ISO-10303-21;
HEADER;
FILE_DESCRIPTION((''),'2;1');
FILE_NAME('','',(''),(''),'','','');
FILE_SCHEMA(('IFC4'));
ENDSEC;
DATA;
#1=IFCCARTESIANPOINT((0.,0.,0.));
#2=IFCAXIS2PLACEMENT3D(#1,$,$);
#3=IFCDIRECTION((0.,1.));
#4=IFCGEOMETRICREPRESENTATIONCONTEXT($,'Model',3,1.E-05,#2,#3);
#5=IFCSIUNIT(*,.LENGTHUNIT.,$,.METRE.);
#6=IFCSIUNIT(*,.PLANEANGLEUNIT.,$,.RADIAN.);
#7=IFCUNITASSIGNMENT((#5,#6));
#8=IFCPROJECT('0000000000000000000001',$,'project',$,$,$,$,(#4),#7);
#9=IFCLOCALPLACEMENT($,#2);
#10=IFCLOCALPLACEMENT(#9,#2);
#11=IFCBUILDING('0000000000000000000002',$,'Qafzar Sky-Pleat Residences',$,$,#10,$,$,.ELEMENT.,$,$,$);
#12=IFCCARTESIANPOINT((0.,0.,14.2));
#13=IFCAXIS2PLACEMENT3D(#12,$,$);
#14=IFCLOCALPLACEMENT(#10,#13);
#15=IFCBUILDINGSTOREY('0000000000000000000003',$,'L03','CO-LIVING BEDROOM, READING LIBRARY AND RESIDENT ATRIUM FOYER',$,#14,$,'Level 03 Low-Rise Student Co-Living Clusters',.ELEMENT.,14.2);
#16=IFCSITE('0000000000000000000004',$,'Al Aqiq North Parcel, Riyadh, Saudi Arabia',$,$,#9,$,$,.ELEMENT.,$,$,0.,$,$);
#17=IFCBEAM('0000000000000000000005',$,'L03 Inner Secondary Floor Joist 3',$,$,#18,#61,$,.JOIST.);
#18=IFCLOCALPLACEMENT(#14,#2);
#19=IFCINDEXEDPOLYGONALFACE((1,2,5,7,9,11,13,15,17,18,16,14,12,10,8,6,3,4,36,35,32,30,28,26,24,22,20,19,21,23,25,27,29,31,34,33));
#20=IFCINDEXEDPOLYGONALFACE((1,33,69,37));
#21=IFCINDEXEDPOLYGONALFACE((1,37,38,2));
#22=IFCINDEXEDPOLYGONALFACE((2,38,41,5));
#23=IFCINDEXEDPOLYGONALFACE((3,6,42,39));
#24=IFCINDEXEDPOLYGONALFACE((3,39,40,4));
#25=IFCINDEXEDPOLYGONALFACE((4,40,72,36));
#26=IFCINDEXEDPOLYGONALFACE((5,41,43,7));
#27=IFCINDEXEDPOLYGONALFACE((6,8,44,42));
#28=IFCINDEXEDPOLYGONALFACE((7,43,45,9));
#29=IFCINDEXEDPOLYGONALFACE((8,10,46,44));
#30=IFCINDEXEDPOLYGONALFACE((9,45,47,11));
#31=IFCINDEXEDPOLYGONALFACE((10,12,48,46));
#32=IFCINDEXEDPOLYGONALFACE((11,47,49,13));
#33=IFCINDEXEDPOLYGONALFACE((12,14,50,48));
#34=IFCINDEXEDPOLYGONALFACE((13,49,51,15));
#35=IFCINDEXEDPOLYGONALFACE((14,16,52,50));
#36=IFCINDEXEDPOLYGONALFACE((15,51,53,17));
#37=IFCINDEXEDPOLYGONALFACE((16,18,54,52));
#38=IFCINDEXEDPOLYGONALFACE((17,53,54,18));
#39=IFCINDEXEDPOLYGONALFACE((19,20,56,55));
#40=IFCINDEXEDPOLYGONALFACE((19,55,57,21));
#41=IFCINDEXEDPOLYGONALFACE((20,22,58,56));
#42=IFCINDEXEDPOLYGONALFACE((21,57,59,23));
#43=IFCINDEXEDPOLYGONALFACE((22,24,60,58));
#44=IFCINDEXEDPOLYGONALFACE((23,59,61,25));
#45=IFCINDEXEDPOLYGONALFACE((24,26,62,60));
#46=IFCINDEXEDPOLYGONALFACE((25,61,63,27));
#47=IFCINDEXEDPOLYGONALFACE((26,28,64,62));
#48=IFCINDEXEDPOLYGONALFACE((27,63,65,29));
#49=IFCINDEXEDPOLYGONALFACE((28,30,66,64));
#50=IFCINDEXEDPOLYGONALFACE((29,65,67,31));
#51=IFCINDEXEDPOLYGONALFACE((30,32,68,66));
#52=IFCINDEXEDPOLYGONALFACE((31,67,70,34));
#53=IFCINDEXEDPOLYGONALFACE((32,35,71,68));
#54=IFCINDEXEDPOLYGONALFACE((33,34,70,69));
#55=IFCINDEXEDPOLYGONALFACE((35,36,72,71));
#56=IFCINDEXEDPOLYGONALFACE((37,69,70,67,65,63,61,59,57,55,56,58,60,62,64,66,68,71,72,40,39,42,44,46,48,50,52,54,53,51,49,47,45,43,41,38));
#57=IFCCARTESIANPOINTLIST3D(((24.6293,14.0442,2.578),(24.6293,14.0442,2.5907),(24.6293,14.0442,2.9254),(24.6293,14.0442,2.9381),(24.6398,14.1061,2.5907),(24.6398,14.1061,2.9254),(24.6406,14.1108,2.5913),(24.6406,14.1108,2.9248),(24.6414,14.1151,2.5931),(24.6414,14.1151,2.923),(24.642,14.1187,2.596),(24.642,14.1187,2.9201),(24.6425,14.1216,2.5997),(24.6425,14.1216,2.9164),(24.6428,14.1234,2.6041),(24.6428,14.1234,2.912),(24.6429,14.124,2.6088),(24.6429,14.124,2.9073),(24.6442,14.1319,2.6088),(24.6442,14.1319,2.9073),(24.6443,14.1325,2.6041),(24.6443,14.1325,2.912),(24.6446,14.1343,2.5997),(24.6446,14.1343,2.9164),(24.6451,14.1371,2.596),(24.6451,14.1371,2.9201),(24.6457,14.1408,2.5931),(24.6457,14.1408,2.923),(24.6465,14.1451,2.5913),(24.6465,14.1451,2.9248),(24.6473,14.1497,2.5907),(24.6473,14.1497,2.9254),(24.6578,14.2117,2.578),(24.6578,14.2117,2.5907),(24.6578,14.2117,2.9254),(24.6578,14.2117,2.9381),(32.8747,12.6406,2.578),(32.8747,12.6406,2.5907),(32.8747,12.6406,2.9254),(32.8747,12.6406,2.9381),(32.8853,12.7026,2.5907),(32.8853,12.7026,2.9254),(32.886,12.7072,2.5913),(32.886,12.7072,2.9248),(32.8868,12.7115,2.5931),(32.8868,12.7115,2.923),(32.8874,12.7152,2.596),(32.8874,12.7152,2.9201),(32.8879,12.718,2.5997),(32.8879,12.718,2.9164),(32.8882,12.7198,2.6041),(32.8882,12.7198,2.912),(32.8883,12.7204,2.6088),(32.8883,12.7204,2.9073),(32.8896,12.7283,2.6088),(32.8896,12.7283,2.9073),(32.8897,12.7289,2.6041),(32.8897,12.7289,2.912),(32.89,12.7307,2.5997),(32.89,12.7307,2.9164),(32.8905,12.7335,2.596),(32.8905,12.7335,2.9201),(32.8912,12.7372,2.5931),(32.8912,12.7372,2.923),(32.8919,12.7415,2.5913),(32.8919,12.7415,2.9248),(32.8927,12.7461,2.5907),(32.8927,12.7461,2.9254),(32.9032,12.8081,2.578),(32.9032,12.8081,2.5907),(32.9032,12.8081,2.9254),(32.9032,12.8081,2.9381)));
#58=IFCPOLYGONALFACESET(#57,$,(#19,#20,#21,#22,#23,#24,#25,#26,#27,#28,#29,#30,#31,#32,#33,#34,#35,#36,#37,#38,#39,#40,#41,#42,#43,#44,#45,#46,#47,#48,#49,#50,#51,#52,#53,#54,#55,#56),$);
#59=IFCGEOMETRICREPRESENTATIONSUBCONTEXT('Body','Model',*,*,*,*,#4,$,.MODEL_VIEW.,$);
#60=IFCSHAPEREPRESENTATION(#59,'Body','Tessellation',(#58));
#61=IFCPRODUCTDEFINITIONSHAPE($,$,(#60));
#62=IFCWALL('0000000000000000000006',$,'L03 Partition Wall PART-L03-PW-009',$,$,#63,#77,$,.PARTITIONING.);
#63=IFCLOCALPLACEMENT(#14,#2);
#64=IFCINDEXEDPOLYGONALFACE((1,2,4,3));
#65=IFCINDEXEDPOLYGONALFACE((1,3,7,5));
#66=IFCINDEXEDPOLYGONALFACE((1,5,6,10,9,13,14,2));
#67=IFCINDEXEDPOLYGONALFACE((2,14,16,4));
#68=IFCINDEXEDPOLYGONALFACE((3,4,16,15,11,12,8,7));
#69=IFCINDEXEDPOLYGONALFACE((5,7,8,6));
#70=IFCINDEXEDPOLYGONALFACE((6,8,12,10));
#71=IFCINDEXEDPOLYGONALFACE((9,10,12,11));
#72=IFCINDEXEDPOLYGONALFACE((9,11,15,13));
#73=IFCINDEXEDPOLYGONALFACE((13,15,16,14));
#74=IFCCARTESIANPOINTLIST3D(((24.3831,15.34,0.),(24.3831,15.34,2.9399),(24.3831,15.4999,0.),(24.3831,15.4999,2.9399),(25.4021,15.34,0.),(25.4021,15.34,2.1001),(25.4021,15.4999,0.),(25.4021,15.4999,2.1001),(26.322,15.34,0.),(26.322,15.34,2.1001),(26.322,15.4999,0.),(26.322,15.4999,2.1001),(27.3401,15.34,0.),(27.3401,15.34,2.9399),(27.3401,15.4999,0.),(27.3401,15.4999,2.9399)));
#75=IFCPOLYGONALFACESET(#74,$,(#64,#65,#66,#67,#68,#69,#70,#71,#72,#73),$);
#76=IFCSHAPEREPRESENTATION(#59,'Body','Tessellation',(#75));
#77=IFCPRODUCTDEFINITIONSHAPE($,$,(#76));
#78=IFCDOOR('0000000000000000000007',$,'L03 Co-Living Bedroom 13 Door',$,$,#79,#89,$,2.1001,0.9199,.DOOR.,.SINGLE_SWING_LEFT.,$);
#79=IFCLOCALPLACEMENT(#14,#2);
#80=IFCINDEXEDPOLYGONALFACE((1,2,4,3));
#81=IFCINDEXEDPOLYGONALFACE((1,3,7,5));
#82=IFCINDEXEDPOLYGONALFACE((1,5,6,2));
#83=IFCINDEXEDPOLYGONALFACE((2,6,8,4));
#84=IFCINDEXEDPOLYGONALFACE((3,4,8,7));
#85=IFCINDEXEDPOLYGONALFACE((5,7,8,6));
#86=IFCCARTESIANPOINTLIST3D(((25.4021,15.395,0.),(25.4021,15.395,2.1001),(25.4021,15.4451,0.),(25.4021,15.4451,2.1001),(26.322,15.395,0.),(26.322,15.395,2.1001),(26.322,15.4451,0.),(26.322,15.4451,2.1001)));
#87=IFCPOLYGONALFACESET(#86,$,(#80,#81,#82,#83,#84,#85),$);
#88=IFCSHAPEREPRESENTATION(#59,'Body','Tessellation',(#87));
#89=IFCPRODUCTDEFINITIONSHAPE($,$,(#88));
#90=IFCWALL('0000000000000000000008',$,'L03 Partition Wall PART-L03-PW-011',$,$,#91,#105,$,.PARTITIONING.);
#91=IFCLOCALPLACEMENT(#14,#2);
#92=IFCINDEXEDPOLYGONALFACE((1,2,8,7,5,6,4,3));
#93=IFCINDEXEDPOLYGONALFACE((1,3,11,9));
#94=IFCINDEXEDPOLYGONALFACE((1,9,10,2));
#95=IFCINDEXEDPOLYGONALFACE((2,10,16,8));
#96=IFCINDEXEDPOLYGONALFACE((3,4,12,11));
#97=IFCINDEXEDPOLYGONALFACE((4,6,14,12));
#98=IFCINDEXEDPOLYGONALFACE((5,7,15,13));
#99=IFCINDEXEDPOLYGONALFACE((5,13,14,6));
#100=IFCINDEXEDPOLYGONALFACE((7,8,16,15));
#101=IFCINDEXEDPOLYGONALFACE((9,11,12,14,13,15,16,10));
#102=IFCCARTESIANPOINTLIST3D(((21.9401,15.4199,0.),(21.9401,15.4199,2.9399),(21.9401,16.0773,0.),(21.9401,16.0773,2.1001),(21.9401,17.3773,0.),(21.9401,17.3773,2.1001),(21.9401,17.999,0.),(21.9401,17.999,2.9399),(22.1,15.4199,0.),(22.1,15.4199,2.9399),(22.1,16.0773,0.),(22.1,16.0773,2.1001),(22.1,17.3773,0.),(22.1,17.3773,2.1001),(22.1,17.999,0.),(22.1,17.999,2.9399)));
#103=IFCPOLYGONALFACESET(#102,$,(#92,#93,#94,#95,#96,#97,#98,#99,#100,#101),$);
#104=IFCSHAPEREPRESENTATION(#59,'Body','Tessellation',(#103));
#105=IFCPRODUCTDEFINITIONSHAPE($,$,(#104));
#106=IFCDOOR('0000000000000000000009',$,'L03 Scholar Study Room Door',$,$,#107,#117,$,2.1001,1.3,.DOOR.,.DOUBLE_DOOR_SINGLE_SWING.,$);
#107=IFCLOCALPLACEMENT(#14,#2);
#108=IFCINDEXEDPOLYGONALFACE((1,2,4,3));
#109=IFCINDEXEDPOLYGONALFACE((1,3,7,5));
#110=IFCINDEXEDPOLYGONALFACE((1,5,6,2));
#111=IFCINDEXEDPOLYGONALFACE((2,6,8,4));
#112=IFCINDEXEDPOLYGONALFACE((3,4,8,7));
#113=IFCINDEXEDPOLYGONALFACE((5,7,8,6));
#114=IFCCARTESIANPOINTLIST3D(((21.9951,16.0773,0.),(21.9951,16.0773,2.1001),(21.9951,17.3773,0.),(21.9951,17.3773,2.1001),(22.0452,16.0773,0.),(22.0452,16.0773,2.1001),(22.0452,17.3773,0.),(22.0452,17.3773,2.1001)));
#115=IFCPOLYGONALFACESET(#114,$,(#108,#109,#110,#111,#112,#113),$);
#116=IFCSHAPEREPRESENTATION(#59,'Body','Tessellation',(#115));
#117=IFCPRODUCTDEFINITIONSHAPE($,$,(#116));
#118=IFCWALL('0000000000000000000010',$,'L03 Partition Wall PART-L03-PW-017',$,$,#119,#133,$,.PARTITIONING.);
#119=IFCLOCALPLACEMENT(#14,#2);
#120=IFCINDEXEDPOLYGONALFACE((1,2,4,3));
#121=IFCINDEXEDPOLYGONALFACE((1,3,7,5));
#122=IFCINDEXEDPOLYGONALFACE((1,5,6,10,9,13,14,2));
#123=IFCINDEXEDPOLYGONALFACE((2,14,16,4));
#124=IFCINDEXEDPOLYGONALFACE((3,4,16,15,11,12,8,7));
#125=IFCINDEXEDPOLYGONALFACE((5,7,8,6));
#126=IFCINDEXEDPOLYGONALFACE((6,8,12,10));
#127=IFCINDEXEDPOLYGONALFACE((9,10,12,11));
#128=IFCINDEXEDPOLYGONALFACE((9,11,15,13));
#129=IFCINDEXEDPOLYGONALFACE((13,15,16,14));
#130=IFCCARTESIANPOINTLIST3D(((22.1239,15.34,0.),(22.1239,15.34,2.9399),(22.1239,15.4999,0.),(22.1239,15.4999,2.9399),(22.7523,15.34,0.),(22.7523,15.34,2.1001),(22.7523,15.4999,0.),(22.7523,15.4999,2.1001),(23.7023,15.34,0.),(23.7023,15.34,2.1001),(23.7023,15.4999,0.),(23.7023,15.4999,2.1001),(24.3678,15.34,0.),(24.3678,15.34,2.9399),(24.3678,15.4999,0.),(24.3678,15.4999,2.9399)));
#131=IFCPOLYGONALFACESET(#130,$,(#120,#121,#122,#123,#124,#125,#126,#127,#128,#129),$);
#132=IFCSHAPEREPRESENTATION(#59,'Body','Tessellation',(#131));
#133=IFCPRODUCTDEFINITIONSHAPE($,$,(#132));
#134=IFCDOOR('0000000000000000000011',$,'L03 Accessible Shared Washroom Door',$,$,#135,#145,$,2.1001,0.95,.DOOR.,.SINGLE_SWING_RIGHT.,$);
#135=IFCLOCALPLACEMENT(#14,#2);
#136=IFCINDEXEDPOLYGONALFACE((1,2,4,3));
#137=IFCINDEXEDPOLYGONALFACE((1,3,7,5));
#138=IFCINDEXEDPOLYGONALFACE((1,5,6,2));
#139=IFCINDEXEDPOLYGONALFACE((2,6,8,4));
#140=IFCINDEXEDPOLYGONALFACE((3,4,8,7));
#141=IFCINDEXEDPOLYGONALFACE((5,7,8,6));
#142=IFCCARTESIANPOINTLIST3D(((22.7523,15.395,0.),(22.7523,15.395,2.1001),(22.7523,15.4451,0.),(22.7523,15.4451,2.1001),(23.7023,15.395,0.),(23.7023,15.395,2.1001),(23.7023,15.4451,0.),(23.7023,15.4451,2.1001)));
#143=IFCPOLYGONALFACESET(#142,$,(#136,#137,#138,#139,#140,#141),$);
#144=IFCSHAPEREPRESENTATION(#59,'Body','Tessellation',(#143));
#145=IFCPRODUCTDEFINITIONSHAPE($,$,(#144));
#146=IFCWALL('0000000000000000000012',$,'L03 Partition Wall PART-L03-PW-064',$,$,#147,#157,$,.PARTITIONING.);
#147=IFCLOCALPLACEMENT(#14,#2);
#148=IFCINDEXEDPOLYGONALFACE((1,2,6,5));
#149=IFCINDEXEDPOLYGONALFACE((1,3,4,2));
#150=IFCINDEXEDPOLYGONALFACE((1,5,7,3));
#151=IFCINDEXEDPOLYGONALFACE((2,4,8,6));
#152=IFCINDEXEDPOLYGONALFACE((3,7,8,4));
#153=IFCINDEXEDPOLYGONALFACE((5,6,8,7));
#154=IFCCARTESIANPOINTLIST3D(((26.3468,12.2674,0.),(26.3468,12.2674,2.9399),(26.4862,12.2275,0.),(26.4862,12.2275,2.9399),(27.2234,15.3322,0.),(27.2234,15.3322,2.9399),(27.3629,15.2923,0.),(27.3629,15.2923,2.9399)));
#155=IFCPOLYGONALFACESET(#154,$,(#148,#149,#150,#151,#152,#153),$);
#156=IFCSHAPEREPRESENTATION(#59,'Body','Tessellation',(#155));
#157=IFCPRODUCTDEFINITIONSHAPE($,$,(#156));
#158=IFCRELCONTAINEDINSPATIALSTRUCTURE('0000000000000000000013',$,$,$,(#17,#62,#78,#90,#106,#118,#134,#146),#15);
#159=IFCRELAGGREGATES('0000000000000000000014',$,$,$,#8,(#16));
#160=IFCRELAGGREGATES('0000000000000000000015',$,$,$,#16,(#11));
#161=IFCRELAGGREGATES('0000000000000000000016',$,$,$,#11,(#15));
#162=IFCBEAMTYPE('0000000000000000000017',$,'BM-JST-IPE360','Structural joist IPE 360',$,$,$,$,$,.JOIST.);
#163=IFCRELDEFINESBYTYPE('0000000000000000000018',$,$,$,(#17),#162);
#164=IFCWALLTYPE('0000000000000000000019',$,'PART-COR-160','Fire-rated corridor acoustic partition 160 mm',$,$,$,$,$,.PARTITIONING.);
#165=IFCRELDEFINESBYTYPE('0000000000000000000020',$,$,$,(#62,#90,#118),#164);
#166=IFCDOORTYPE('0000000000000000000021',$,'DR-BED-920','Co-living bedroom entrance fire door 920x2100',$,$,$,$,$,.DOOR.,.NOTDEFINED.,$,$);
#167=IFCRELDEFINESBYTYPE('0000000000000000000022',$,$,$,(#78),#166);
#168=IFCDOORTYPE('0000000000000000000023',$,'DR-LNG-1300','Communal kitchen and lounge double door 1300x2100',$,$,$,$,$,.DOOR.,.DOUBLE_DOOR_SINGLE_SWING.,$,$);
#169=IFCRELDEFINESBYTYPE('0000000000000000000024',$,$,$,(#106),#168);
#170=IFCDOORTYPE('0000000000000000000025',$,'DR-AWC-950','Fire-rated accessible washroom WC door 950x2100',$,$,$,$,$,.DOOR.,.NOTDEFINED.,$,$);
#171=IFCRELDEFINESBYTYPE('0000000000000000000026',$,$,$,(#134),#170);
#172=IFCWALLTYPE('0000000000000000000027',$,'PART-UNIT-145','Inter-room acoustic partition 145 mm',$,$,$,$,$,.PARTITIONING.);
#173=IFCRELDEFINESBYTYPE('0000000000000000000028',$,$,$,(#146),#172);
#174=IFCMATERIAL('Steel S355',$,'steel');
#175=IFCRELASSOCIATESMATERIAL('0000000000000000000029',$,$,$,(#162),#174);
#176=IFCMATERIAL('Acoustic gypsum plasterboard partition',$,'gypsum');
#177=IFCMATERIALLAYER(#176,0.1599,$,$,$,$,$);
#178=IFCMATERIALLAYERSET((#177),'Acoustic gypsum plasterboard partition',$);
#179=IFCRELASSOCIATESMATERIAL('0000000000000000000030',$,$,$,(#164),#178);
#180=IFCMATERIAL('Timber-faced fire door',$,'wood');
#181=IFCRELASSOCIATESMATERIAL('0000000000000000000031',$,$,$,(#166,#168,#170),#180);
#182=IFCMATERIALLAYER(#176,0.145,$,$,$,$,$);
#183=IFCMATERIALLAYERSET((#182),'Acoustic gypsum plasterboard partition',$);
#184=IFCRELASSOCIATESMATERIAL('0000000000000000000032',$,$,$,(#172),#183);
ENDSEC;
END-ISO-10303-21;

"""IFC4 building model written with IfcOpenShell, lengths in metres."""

from ifc_helpers import new_model, si_unit, direction, frame, frame_2d, origin, origin_2d, place, context, subcontext, project, spatial, rectangle, i_section, extrude, source, transform, mapped, material, layer, layer_set, material_profile, profile_set, type_object, element, fill, save


model = new_model("IFC4")

# Units and contexts
model_context = context("Model", 3, precision=1e-05, world=origin(), true_north=direction((0.0, 1.0)))
body_context = subcontext(model_context, "Body", "Model", "MODEL_VIEW")
ifc_project = project(units=[si_unit("LENGTHUNIT", "METRE"), si_unit("PLANEANGLEUNIT", "RADIAN")], contexts=[model_context])

# Site, building, storey
site_placement = place(None, origin())
site = spatial("IfcSite", under=ifc_project, at=site_placement, Name="Al Aqiq North Parcel, Riyadh, Saudi Arabia", CompositionType="ELEMENT", RefElevation=0.0)
building_placement = place(site_placement, origin())
building = spatial("IfcBuilding", under=site, at=building_placement, Name="Qafzar Sky-Pleat Residences", CompositionType="ELEMENT")
storey_placement = place(building_placement, frame((0.0, 0.0, 14.2)))
storey = spatial("IfcBuildingStorey", under=building, at=storey_placement, Name="L03", Description="CO-LIVING BEDROOM, READING LIBRARY AND RESIDENT ATRIUM FOYER", LongName="Level 03 Low-Rise Student Co-Living Clusters", CompositionType="ELEMENT", Elevation=14.2)

# Beam
ifc_material_1 = material(Name="Steel S355", Category="steel")
ifc_material_profile = material_profile(ifc_material_1, i_section(OverallWidth=0.1699, OverallDepth=0.3601, WebThickness=0.0081, FlangeThickness=0.0127, FilletRadius=0.0181, at=origin_2d()), Name="IPE 360")
ifc_profile_set = profile_set([ifc_material_profile], Name="Steel S355")
beam_type = type_object("IfcBeamType", Name="BM-JST-IPE360", Description="Structural joist IPE 360", PredefinedType="JOIST", material=ifc_profile_set)
shared_shape_1 = source(origin(), body_context, "Body", "SweptSolid", [
    extrude(i_section(OverallWidth=0.1699, OverallDepth=0.3601, WebThickness=0.0081, FlangeThickness=0.0127, FilletRadius=0.0181, at=origin_2d()), origin(), (0.0, 0.0, 1.0), 8.364),
])
beam_placement = place(storey_placement, frame((24.6436, 14.1279, 2.7581), z_axis=(0.985819, -0.167811, 0.0), x_axis=(0.167811, 0.985819, 0.0)))
element("IfcBeam", 1, at=beam_placement, inside=storey, type_object=beam_type, Name="L03 Inner Secondary Floor Joist 3", PredefinedType="JOIST", context=body_context, shape_type="MappedRepresentation", body=[
    mapped(shared_shape_1, transform((0.0, 0.0, 0.0), x_axis=(1.0, 0.0, 0.0), y_axis=(0.0, 1.0, 0.0), z_axis=(0.0, 0.0, 1.0), scale=1.0)),
])

# Walls, openings, doors
ifc_material_2 = material(Name="Acoustic gypsum plasterboard partition", Category="gypsum")
ifc_layer_1 = layer(ifc_material_2, 0.1599)
ifc_layer_set_1 = layer_set([ifc_layer_1], Name="Acoustic gypsum plasterboard partition")
wall_type_1 = type_object("IfcWallType", Name="PART-COR-160", Description="Fire-rated corridor acoustic partition 160 mm", PredefinedType="PARTITIONING", material=ifc_layer_set_1)
wall_1_placement = place(storey_placement, frame((27.3401, 15.4199, 0.0), z_axis=(0.0, 0.0, 1.0), x_axis=(-1.0, 0.0, 0.0)))
wall_1 = element("IfcWall", 2, at=wall_1_placement, inside=storey, type_object=wall_type_1, Name="L03 Partition Wall PART-L03-PW-009", PredefinedType="PARTITIONING", context=body_context, shape_type="SweptSolid", body=[
    extrude(rectangle(XDim=2.957, YDim=0.1599, at=frame_2d((1.4785, 0.0))), origin(), (0.0, 0.0, 1.0), 2.9399),
])
opening_1_placement = place(wall_1_placement, frame((1.0181, 0.0, 0.0)))
opening_1 = element("IfcOpeningElement", 3, at=opening_1_placement, cuts=wall_1, PredefinedType="OPENING", context=body_context, shape_type="SweptSolid", body=[
    extrude(rectangle(XDim=0.9199, YDim=2.1001, at=frame_2d((0.46, 1.05))), frame((0.0, 0.0898, 0.0), z_axis=(0.0, -1.0, 0.0), x_axis=(1.0, 0.0, 0.0)), (0.0, 0.0, 1.0), 0.1799),
])
ifc_material_3 = material(Name="Timber-faced fire door", Category="wood")
door_type_1 = type_object("IfcDoorType", Name="DR-BED-920", Description="Co-living bedroom entrance fire door 920x2100", OperationType="NOTDEFINED", PredefinedType="DOOR", material=ifc_material_3)
shared_shape_2 = source(origin(), body_context, "Body", "SweptSolid", [
    extrude(rectangle(XDim=0.9199, YDim=2.1001, at=frame_2d((0.46, 1.05))), frame((0.0, 0.0249, 0.0), z_axis=(0.0, -1.0, 0.0), x_axis=(1.0, 0.0, 0.0)), (0.0, 0.0, 1.0), 0.05),
])
door_1_placement = place(opening_1_placement, origin())
door_1 = element("IfcDoor", 4, at=door_1_placement, inside=storey, type_object=door_type_1, Name="L03 Co-Living Bedroom 13 Door", OperationType="SINGLE_SWING_LEFT", OverallHeight=2.1001, OverallWidth=0.9199, PredefinedType="DOOR", context=body_context, shape_type="MappedRepresentation", body=[
    mapped(shared_shape_2, transform((0.0, 0.0, 0.0), x_axis=(1.0, 0.0, 0.0), y_axis=(0.0, 1.0, 0.0), z_axis=(0.0, 0.0, 1.0), scale=1.0)),
])
fill(opening_1, door_1)
wall_2_placement = place(storey_placement, frame((22.02, 15.4199, 0.0), z_axis=(0.0, 0.0, 1.0), x_axis=(0.0, 1.0, 0.0)))
wall_2 = element("IfcWall", 5, at=wall_2_placement, inside=storey, type_object=wall_type_1, Name="L03 Partition Wall PART-L03-PW-011", PredefinedType="PARTITIONING", context=body_context, shape_type="SweptSolid", body=[
    extrude(rectangle(XDim=2.5791, YDim=0.1599, at=frame_2d((1.2896, 0.0))), origin(), (0.0, 0.0, 1.0), 2.9399),
])
opening_2_placement = place(wall_2_placement, frame((0.6575, 0.0, 0.0)))
opening_2 = element("IfcOpeningElement", 6, at=opening_2_placement, cuts=wall_2, PredefinedType="OPENING", context=body_context, shape_type="SweptSolid", body=[
    extrude(rectangle(XDim=1.3, YDim=2.1001, at=frame_2d((0.6499, 1.05))), frame((0.0, 0.0898, 0.0), z_axis=(0.0, -1.0, 0.0), x_axis=(1.0, 0.0, 0.0)), (0.0, 0.0, 1.0), 0.1799),
])
door_type_2 = type_object("IfcDoorType", Name="DR-LNG-1300", Description="Communal kitchen and lounge double door 1300x2100", OperationType="DOUBLE_DOOR_SINGLE_SWING", PredefinedType="DOOR", material=ifc_material_3)
shared_shape_3 = source(origin(), body_context, "Body", "SweptSolid", [
    extrude(rectangle(XDim=1.3, YDim=2.1001, at=frame_2d((0.6499, 1.05))), frame((0.0, 0.0249, 0.0), z_axis=(0.0, -1.0, 0.0), x_axis=(1.0, 0.0, 0.0)), (0.0, 0.0, 1.0), 0.05),
])
door_2_placement = place(opening_2_placement, origin())
door_2 = element("IfcDoor", 7, at=door_2_placement, inside=storey, type_object=door_type_2, Name="L03 Scholar Study Room Door", OperationType="DOUBLE_DOOR_SINGLE_SWING", OverallHeight=2.1001, OverallWidth=1.3, PredefinedType="DOOR", context=body_context, shape_type="MappedRepresentation", body=[
    mapped(shared_shape_3, transform((0.0, 0.0, 0.0), x_axis=(1.0, 0.0, 0.0), y_axis=(0.0, 1.0, 0.0), z_axis=(0.0, 0.0, 1.0), scale=1.0)),
])
fill(opening_2, door_2)
wall_3_placement = place(storey_placement, frame((24.3679, 15.4199, 0.0), z_axis=(0.0, 0.0, 1.0), x_axis=(-1.0, 0.0, 0.0)))
wall_3 = element("IfcWall", 8, at=wall_3_placement, inside=storey, type_object=wall_type_1, Name="L03 Partition Wall PART-L03-PW-017", PredefinedType="PARTITIONING", context=body_context, shape_type="SweptSolid", body=[
    extrude(rectangle(XDim=2.2439, YDim=0.1599, at=frame_2d((1.1221, 0.0))), origin(), (0.0, 0.0, 1.0), 2.9399),
])
opening_3_placement = place(wall_3_placement, frame((0.6655, 0.0, 0.0)))
opening_3 = element("IfcOpeningElement", 9, at=opening_3_placement, cuts=wall_3, PredefinedType="OPENING", context=body_context, shape_type="SweptSolid", body=[
    extrude(rectangle(XDim=0.95, YDim=2.1001, at=frame_2d((0.4751, 1.05))), frame((0.0, 0.0898, 0.0), z_axis=(0.0, -1.0, 0.0), x_axis=(1.0, 0.0, 0.0)), (0.0, 0.0, 1.0), 0.1799),
])
door_type_3 = type_object("IfcDoorType", Name="DR-AWC-950", Description="Fire-rated accessible washroom WC door 950x2100", OperationType="NOTDEFINED", PredefinedType="DOOR", material=ifc_material_3)
shared_shape_4 = source(origin(), body_context, "Body", "SweptSolid", [
    extrude(rectangle(XDim=0.95, YDim=2.1001, at=frame_2d((0.4751, 1.05))), frame((0.0, 0.0249, 0.0), z_axis=(0.0, -1.0, 0.0), x_axis=(1.0, 0.0, 0.0)), (0.0, 0.0, 1.0), 0.05),
])
door_3_placement = place(opening_3_placement, origin())
door_3 = element("IfcDoor", 10, at=door_3_placement, inside=storey, type_object=door_type_3, Name="L03 Accessible Shared Washroom Door", OperationType="SINGLE_SWING_RIGHT", OverallHeight=2.1001, OverallWidth=0.95, PredefinedType="DOOR", context=body_context, shape_type="MappedRepresentation", body=[
    mapped(shared_shape_4, transform((0.0, 0.0, 0.0), x_axis=(1.0, 0.0, 0.0), y_axis=(0.0, 1.0, 0.0), z_axis=(0.0, 0.0, 1.0), scale=1.0)),
])
fill(opening_3, door_3)

# Wall
ifc_layer_2 = layer(ifc_material_2, 0.145)
ifc_layer_set_2 = layer_set([ifc_layer_2], Name="Acoustic gypsum plasterboard partition")
wall_type_2 = type_object("IfcWallType", Name="PART-UNIT-145", Description="Inter-room acoustic partition 145 mm", PredefinedType="PARTITIONING", material=ifc_layer_set_2)
wall_4_placement = place(storey_placement, frame((26.4165, 12.2476, 0.0), z_axis=(0.0, 0.0, 1.0), x_axis=(0.275014, 0.96144, 0.0)))
element("IfcWall", 11, at=wall_4_placement, inside=storey, type_object=wall_type_2, Name="L03 Partition Wall PART-L03-PW-064", PredefinedType="PARTITIONING", context=body_context, shape_type="SweptSolid", body=[
    extrude(rectangle(XDim=3.1877, YDim=0.145, at=frame_2d((1.5938, 0.0))), origin(), (0.0, 0.0, 1.0), 2.9399),
])

save(model, "model.ifc")
